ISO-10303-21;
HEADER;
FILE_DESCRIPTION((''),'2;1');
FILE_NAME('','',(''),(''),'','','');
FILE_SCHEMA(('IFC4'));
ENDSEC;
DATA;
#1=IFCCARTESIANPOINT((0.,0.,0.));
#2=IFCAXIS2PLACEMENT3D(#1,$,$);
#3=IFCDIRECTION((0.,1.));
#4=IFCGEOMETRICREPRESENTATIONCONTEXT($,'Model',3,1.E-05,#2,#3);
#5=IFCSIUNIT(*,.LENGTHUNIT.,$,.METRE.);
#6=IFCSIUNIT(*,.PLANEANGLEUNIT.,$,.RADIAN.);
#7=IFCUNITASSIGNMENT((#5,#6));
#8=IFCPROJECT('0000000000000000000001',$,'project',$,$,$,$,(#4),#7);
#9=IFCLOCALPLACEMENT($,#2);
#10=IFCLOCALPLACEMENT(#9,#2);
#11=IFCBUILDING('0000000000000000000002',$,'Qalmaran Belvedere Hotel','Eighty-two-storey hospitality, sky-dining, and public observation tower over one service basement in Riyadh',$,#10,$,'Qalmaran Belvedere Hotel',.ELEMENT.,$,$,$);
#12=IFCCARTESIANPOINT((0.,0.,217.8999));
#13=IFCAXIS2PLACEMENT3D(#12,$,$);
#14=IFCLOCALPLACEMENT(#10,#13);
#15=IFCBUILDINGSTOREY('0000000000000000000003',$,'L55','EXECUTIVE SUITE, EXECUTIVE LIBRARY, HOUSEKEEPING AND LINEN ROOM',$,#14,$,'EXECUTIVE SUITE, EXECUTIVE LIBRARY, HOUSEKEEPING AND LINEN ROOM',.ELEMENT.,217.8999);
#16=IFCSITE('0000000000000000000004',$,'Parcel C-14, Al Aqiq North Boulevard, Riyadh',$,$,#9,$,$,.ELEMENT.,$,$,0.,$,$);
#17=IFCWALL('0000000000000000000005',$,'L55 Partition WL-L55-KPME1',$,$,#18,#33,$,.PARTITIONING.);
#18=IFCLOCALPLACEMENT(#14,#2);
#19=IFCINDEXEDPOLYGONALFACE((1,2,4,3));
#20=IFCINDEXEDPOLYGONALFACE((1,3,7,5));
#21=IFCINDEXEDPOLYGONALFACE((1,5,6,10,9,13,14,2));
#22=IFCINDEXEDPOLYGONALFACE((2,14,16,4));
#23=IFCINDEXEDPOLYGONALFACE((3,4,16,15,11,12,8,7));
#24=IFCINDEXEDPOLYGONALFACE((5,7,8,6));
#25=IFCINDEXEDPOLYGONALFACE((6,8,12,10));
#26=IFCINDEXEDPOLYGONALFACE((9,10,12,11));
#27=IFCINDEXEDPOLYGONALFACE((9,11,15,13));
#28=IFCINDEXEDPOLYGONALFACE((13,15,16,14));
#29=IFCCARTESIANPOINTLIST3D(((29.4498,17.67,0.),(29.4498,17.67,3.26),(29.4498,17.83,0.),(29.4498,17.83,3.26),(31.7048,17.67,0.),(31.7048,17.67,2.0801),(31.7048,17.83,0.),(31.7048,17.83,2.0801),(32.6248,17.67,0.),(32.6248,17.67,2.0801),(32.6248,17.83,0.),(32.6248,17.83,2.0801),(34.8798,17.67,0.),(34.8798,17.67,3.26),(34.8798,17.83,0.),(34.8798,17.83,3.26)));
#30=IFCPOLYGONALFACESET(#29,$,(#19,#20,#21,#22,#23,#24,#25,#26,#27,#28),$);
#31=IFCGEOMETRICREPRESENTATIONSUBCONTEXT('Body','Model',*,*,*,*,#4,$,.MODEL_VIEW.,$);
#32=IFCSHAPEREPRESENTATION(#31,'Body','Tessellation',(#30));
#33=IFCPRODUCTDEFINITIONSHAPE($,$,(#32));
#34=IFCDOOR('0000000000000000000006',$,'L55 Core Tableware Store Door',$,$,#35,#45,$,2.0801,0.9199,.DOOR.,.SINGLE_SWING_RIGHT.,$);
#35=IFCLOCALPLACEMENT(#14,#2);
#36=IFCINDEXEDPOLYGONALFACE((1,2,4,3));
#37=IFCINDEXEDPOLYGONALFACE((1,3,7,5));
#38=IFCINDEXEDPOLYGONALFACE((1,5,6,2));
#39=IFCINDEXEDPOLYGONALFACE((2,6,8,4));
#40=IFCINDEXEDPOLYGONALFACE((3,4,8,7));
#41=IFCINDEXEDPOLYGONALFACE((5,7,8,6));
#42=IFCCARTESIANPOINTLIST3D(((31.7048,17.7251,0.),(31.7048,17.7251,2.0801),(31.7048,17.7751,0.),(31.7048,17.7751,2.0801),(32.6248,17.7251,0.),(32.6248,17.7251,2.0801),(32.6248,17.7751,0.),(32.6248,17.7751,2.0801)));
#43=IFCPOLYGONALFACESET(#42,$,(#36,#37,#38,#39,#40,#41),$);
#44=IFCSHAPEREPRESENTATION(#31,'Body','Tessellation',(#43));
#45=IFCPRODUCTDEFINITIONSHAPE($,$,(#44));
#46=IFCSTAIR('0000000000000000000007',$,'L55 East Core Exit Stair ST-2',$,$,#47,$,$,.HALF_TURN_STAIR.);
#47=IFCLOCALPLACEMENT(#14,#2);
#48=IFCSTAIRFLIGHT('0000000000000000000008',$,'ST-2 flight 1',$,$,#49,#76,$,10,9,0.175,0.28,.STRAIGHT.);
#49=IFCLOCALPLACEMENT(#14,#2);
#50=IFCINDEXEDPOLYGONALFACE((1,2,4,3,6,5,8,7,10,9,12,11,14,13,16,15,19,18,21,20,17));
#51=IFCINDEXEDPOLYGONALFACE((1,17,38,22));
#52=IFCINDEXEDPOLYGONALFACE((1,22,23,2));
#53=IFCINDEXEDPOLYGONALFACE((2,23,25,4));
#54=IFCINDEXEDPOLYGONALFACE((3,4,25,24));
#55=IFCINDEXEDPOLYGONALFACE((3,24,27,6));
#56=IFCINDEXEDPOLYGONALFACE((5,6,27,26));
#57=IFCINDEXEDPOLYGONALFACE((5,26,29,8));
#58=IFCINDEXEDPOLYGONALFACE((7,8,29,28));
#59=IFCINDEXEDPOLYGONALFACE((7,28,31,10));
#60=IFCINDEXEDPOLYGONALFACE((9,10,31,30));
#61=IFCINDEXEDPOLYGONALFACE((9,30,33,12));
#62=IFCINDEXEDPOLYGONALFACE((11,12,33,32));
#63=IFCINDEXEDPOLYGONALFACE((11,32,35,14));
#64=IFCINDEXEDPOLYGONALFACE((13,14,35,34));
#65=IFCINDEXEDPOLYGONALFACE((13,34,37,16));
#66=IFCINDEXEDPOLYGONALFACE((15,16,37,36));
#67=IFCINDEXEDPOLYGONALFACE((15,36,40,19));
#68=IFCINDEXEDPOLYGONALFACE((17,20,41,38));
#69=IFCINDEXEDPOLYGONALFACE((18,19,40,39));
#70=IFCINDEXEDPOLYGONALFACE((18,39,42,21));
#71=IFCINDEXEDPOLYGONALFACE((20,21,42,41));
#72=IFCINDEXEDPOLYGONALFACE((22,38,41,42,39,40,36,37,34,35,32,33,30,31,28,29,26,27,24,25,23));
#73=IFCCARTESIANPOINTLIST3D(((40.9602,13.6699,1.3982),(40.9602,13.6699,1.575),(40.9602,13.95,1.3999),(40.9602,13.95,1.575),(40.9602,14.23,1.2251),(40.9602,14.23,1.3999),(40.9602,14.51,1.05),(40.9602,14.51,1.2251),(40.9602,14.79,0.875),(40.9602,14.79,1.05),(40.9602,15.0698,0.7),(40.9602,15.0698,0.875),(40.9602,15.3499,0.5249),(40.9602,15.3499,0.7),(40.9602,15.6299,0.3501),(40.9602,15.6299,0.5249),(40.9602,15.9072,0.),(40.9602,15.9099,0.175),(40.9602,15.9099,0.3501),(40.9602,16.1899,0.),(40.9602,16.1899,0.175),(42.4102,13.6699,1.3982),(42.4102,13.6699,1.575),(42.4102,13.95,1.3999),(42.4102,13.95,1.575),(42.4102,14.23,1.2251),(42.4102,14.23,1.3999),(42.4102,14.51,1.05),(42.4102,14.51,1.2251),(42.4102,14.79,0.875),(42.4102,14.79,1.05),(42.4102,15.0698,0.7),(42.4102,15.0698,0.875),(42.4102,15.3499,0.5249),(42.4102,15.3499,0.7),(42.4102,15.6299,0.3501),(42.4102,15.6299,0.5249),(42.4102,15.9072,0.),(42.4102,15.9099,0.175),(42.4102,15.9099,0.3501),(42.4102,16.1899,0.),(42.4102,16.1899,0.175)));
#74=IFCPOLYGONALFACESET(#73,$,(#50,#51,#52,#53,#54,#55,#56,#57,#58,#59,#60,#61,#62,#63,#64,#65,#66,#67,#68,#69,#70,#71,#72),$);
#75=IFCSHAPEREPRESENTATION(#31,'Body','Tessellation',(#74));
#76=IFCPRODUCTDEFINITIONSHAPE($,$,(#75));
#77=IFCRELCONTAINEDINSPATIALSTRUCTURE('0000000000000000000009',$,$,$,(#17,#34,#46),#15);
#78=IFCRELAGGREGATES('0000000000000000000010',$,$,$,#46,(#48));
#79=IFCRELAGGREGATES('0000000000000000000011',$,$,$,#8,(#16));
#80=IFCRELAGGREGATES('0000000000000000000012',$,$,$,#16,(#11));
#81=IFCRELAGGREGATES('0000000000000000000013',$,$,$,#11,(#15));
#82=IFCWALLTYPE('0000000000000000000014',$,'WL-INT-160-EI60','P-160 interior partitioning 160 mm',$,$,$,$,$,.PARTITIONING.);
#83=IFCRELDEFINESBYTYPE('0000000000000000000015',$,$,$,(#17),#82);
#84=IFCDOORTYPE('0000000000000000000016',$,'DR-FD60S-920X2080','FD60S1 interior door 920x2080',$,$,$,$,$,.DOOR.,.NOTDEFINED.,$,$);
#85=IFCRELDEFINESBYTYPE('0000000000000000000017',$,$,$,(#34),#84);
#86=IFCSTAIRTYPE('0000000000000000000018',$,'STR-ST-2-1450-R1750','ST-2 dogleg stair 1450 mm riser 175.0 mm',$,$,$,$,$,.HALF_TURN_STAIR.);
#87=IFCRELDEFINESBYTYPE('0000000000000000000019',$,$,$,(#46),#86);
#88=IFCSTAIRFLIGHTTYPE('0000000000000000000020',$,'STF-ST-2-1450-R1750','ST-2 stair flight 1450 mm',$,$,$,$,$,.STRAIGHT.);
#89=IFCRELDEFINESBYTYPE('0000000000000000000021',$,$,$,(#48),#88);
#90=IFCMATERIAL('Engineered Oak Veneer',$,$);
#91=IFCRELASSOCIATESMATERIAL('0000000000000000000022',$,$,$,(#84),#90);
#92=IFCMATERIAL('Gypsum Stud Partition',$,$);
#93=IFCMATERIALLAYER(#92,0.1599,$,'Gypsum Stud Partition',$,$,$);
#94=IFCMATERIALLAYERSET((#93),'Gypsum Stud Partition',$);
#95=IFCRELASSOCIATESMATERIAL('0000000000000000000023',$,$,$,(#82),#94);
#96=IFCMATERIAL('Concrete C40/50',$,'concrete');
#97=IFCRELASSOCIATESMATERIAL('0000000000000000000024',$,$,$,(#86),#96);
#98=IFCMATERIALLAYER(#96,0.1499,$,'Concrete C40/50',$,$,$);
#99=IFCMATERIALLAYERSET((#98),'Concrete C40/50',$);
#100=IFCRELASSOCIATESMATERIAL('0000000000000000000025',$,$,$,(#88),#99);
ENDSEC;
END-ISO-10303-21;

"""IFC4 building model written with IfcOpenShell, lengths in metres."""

from ifc_helpers import new_model, si_unit, direction, frame, frame_2d, origin, place, context, subcontext, project, spatial, polyline, rectangle, outline, extrude, material, layer, layer_set, type_object, element, fill, aggregate, save


model = new_model("IFC4")

# Units and contexts
model_context = context("Model", 3, precision=1e-05, world=origin(), true_north=direction((0.0, 1.0)))
body_context = subcontext(model_context, "Body", "Model", "MODEL_VIEW")
ifc_project = project(units=[si_unit("LENGTHUNIT", "METRE"), si_unit("PLANEANGLEUNIT", "RADIAN")], contexts=[model_context])

# Site, building, storey
site_placement = place(None, origin())
site = spatial("IfcSite", under=ifc_project, at=site_placement, Name="Parcel C-14, Al Aqiq North Boulevard, Riyadh", CompositionType="ELEMENT", RefElevation=0.0)
building_placement = place(site_placement, origin())
building = spatial("IfcBuilding", under=site, at=building_placement, Name="Qalmaran Belvedere Hotel", Description="Eighty-two-storey hospitality, sky-dining, and public observation tower over one service basement in Riyadh", LongName="Qalmaran Belvedere Hotel", CompositionType="ELEMENT")
storey_placement = place(building_placement, frame((0.0, 0.0, 217.8999)))
storey = spatial("IfcBuildingStorey", under=building, at=storey_placement, Name="L55", Description="EXECUTIVE SUITE, EXECUTIVE LIBRARY, HOUSEKEEPING AND LINEN ROOM", LongName="EXECUTIVE SUITE, EXECUTIVE LIBRARY, HOUSEKEEPING AND LINEN ROOM", CompositionType="ELEMENT", Elevation=217.8999)

# Shared definitions
ifc_material_1 = material(Name="Gypsum Stud Partition")

# Shared definitions
ifc_material_2 = material(Name="Engineered Oak Veneer")
door_type_1 = type_object("IfcDoorType", Name="DR-FD60S-920X2080", Description="FD60S1 interior door 920x2080", OperationType="NOTDEFINED", PredefinedType="DOOR", material=ifc_material_2)

# Wall, opening, door
ifc_layer_1 = layer(ifc_material_1, 0.1599, Name="Gypsum Stud Partition")
ifc_layer_set_1 = layer_set([ifc_layer_1], Name="Gypsum Stud Partition")
wall_type_1 = type_object("IfcWallType", Name="WL-INT-160-EI60", Description="P-160 interior partitioning 160 mm", PredefinedType="PARTITIONING", material=ifc_layer_set_1)
wall_1_placement = place(storey_placement, frame((29.45, 17.75, 0.0), z_axis=(0.0, 0.0, 1.0), x_axis=(1.0, 0.0, 0.0)))
wall_1 = element("IfcWall", 1, at=wall_1_placement, inside=storey, type_object=wall_type_1, Name="L55 Partition WL-L55-KPME1", PredefinedType="PARTITIONING", context=body_context, shape_type="SweptSolid", body=[
    extrude(rectangle(XDim=5.4299, YDim=0.1599, at=frame_2d((2.7148, 0.0))), origin(), (0.0, 0.0, 1.0), 3.26),
])
opening_1_placement = place(wall_1_placement, frame((3.1748, 0.0, 0.0), z_axis=(0.0, 0.0, 1.0), x_axis=(-1.0, 0.0, 0.0)))
opening_1 = element("IfcOpeningElement", 2, at=opening_1_placement, cuts=wall_1, PredefinedType="OPENING", context=body_context, shape_type="SweptSolid", body=[
    extrude(rectangle(XDim=0.9199, YDim=2.0801, at=frame_2d((0.46, 1.04))), frame((0.0, 0.0898, 0.0), z_axis=(0.0, -1.0, 0.0), x_axis=(1.0, 0.0, 0.0)), (0.0, 0.0, 1.0), 0.1799),
])
door_1_placement = place(opening_1_placement, origin())
door_1 = element("IfcDoor", 3, at=door_1_placement, inside=storey, type_object=door_type_1, Name="L55 Core Tableware Store Door", OperationType="SINGLE_SWING_RIGHT", OverallHeight=2.0801, OverallWidth=0.9199, PredefinedType="DOOR", context=body_context, shape_type="SweptSolid", body=[
    extrude(rectangle(XDim=0.9199, YDim=2.0801, at=frame_2d((0.46, 1.04))), frame((0.0, 0.0249, 0.0), z_axis=(0.0, -1.0, 0.0), x_axis=(1.0, 0.0, 0.0)), (0.0, 0.0, 1.0), 0.05),
])
fill(opening_1, door_1)

# Stair, stair flight
ifc_material_3 = material(Name="Concrete C40/50", Category="concrete")
stair_type = type_object("IfcStairType", Name="STR-ST-2-1450-R1750", Description="ST-2 dogleg stair 1450 mm riser 175.0 mm", PredefinedType="HALF_TURN_STAIR", material=ifc_material_3)
stair_placement = place(storey_placement, origin())
stair = element("IfcStair", 4, at=stair_placement, inside=storey, type_object=stair_type, Name="L55 East Core Exit Stair ST-2", PredefinedType="HALF_TURN_STAIR")
ifc_layer_2 = layer(ifc_material_3, 0.1499, Name="Concrete C40/50")
ifc_layer_set_2 = layer_set([ifc_layer_2], Name="Concrete C40/50")
stair_flight_type = type_object("IfcStairFlightType", Name="STF-ST-2-1450-R1750", Description="ST-2 stair flight 1450 mm", PredefinedType="STRAIGHT", material=ifc_layer_set_2)
stair_flight_placement = place(storey_placement, frame((41.6851, 16.1899, 0.0), z_axis=(0.0, 0.0, 1.0), x_axis=(0.0, -1.0, 0.0)))
stair_flight = element("IfcStairFlight", 5, at=stair_flight_placement, type_object=stair_flight_type, Name="ST-2 flight 1", NumberOfRisers=10, NumberOfTreads=9, PredefinedType="STRAIGHT", RiserHeight=0.175, TreadLength=0.28, context=body_context, shape_type="SweptSolid", body=[
    extrude(outline(polyline([(0.0, 0.0), (0.0, 0.175), (0.28, 0.175), (0.28, 0.3501), (0.5601, 0.3501), (0.5601, 0.5249), (0.8401, 0.5249), (0.8401, 0.7), (1.1201, 0.7), (1.1201, 0.875), (1.3999, 0.875), (1.3999, 1.05), (1.6799, 1.05), (1.6799, 1.2251), (1.96, 1.2251), (1.96, 1.3999), (2.24, 1.3999), (2.24, 1.575), (2.52, 1.575), (2.52, 1.75), (2.52, 1.3982), (0.2827, 0.0), (0.0, 0.0)])), frame((0.0, 0.7251, 0.0), z_axis=(0.0, -1.0, 0.0), x_axis=(1.0, 0.0, 0.0)), (0.0, 0.0, 1.0), 1.45),
])
aggregate(stair, [stair_flight])

save(model, "model.ifc")
